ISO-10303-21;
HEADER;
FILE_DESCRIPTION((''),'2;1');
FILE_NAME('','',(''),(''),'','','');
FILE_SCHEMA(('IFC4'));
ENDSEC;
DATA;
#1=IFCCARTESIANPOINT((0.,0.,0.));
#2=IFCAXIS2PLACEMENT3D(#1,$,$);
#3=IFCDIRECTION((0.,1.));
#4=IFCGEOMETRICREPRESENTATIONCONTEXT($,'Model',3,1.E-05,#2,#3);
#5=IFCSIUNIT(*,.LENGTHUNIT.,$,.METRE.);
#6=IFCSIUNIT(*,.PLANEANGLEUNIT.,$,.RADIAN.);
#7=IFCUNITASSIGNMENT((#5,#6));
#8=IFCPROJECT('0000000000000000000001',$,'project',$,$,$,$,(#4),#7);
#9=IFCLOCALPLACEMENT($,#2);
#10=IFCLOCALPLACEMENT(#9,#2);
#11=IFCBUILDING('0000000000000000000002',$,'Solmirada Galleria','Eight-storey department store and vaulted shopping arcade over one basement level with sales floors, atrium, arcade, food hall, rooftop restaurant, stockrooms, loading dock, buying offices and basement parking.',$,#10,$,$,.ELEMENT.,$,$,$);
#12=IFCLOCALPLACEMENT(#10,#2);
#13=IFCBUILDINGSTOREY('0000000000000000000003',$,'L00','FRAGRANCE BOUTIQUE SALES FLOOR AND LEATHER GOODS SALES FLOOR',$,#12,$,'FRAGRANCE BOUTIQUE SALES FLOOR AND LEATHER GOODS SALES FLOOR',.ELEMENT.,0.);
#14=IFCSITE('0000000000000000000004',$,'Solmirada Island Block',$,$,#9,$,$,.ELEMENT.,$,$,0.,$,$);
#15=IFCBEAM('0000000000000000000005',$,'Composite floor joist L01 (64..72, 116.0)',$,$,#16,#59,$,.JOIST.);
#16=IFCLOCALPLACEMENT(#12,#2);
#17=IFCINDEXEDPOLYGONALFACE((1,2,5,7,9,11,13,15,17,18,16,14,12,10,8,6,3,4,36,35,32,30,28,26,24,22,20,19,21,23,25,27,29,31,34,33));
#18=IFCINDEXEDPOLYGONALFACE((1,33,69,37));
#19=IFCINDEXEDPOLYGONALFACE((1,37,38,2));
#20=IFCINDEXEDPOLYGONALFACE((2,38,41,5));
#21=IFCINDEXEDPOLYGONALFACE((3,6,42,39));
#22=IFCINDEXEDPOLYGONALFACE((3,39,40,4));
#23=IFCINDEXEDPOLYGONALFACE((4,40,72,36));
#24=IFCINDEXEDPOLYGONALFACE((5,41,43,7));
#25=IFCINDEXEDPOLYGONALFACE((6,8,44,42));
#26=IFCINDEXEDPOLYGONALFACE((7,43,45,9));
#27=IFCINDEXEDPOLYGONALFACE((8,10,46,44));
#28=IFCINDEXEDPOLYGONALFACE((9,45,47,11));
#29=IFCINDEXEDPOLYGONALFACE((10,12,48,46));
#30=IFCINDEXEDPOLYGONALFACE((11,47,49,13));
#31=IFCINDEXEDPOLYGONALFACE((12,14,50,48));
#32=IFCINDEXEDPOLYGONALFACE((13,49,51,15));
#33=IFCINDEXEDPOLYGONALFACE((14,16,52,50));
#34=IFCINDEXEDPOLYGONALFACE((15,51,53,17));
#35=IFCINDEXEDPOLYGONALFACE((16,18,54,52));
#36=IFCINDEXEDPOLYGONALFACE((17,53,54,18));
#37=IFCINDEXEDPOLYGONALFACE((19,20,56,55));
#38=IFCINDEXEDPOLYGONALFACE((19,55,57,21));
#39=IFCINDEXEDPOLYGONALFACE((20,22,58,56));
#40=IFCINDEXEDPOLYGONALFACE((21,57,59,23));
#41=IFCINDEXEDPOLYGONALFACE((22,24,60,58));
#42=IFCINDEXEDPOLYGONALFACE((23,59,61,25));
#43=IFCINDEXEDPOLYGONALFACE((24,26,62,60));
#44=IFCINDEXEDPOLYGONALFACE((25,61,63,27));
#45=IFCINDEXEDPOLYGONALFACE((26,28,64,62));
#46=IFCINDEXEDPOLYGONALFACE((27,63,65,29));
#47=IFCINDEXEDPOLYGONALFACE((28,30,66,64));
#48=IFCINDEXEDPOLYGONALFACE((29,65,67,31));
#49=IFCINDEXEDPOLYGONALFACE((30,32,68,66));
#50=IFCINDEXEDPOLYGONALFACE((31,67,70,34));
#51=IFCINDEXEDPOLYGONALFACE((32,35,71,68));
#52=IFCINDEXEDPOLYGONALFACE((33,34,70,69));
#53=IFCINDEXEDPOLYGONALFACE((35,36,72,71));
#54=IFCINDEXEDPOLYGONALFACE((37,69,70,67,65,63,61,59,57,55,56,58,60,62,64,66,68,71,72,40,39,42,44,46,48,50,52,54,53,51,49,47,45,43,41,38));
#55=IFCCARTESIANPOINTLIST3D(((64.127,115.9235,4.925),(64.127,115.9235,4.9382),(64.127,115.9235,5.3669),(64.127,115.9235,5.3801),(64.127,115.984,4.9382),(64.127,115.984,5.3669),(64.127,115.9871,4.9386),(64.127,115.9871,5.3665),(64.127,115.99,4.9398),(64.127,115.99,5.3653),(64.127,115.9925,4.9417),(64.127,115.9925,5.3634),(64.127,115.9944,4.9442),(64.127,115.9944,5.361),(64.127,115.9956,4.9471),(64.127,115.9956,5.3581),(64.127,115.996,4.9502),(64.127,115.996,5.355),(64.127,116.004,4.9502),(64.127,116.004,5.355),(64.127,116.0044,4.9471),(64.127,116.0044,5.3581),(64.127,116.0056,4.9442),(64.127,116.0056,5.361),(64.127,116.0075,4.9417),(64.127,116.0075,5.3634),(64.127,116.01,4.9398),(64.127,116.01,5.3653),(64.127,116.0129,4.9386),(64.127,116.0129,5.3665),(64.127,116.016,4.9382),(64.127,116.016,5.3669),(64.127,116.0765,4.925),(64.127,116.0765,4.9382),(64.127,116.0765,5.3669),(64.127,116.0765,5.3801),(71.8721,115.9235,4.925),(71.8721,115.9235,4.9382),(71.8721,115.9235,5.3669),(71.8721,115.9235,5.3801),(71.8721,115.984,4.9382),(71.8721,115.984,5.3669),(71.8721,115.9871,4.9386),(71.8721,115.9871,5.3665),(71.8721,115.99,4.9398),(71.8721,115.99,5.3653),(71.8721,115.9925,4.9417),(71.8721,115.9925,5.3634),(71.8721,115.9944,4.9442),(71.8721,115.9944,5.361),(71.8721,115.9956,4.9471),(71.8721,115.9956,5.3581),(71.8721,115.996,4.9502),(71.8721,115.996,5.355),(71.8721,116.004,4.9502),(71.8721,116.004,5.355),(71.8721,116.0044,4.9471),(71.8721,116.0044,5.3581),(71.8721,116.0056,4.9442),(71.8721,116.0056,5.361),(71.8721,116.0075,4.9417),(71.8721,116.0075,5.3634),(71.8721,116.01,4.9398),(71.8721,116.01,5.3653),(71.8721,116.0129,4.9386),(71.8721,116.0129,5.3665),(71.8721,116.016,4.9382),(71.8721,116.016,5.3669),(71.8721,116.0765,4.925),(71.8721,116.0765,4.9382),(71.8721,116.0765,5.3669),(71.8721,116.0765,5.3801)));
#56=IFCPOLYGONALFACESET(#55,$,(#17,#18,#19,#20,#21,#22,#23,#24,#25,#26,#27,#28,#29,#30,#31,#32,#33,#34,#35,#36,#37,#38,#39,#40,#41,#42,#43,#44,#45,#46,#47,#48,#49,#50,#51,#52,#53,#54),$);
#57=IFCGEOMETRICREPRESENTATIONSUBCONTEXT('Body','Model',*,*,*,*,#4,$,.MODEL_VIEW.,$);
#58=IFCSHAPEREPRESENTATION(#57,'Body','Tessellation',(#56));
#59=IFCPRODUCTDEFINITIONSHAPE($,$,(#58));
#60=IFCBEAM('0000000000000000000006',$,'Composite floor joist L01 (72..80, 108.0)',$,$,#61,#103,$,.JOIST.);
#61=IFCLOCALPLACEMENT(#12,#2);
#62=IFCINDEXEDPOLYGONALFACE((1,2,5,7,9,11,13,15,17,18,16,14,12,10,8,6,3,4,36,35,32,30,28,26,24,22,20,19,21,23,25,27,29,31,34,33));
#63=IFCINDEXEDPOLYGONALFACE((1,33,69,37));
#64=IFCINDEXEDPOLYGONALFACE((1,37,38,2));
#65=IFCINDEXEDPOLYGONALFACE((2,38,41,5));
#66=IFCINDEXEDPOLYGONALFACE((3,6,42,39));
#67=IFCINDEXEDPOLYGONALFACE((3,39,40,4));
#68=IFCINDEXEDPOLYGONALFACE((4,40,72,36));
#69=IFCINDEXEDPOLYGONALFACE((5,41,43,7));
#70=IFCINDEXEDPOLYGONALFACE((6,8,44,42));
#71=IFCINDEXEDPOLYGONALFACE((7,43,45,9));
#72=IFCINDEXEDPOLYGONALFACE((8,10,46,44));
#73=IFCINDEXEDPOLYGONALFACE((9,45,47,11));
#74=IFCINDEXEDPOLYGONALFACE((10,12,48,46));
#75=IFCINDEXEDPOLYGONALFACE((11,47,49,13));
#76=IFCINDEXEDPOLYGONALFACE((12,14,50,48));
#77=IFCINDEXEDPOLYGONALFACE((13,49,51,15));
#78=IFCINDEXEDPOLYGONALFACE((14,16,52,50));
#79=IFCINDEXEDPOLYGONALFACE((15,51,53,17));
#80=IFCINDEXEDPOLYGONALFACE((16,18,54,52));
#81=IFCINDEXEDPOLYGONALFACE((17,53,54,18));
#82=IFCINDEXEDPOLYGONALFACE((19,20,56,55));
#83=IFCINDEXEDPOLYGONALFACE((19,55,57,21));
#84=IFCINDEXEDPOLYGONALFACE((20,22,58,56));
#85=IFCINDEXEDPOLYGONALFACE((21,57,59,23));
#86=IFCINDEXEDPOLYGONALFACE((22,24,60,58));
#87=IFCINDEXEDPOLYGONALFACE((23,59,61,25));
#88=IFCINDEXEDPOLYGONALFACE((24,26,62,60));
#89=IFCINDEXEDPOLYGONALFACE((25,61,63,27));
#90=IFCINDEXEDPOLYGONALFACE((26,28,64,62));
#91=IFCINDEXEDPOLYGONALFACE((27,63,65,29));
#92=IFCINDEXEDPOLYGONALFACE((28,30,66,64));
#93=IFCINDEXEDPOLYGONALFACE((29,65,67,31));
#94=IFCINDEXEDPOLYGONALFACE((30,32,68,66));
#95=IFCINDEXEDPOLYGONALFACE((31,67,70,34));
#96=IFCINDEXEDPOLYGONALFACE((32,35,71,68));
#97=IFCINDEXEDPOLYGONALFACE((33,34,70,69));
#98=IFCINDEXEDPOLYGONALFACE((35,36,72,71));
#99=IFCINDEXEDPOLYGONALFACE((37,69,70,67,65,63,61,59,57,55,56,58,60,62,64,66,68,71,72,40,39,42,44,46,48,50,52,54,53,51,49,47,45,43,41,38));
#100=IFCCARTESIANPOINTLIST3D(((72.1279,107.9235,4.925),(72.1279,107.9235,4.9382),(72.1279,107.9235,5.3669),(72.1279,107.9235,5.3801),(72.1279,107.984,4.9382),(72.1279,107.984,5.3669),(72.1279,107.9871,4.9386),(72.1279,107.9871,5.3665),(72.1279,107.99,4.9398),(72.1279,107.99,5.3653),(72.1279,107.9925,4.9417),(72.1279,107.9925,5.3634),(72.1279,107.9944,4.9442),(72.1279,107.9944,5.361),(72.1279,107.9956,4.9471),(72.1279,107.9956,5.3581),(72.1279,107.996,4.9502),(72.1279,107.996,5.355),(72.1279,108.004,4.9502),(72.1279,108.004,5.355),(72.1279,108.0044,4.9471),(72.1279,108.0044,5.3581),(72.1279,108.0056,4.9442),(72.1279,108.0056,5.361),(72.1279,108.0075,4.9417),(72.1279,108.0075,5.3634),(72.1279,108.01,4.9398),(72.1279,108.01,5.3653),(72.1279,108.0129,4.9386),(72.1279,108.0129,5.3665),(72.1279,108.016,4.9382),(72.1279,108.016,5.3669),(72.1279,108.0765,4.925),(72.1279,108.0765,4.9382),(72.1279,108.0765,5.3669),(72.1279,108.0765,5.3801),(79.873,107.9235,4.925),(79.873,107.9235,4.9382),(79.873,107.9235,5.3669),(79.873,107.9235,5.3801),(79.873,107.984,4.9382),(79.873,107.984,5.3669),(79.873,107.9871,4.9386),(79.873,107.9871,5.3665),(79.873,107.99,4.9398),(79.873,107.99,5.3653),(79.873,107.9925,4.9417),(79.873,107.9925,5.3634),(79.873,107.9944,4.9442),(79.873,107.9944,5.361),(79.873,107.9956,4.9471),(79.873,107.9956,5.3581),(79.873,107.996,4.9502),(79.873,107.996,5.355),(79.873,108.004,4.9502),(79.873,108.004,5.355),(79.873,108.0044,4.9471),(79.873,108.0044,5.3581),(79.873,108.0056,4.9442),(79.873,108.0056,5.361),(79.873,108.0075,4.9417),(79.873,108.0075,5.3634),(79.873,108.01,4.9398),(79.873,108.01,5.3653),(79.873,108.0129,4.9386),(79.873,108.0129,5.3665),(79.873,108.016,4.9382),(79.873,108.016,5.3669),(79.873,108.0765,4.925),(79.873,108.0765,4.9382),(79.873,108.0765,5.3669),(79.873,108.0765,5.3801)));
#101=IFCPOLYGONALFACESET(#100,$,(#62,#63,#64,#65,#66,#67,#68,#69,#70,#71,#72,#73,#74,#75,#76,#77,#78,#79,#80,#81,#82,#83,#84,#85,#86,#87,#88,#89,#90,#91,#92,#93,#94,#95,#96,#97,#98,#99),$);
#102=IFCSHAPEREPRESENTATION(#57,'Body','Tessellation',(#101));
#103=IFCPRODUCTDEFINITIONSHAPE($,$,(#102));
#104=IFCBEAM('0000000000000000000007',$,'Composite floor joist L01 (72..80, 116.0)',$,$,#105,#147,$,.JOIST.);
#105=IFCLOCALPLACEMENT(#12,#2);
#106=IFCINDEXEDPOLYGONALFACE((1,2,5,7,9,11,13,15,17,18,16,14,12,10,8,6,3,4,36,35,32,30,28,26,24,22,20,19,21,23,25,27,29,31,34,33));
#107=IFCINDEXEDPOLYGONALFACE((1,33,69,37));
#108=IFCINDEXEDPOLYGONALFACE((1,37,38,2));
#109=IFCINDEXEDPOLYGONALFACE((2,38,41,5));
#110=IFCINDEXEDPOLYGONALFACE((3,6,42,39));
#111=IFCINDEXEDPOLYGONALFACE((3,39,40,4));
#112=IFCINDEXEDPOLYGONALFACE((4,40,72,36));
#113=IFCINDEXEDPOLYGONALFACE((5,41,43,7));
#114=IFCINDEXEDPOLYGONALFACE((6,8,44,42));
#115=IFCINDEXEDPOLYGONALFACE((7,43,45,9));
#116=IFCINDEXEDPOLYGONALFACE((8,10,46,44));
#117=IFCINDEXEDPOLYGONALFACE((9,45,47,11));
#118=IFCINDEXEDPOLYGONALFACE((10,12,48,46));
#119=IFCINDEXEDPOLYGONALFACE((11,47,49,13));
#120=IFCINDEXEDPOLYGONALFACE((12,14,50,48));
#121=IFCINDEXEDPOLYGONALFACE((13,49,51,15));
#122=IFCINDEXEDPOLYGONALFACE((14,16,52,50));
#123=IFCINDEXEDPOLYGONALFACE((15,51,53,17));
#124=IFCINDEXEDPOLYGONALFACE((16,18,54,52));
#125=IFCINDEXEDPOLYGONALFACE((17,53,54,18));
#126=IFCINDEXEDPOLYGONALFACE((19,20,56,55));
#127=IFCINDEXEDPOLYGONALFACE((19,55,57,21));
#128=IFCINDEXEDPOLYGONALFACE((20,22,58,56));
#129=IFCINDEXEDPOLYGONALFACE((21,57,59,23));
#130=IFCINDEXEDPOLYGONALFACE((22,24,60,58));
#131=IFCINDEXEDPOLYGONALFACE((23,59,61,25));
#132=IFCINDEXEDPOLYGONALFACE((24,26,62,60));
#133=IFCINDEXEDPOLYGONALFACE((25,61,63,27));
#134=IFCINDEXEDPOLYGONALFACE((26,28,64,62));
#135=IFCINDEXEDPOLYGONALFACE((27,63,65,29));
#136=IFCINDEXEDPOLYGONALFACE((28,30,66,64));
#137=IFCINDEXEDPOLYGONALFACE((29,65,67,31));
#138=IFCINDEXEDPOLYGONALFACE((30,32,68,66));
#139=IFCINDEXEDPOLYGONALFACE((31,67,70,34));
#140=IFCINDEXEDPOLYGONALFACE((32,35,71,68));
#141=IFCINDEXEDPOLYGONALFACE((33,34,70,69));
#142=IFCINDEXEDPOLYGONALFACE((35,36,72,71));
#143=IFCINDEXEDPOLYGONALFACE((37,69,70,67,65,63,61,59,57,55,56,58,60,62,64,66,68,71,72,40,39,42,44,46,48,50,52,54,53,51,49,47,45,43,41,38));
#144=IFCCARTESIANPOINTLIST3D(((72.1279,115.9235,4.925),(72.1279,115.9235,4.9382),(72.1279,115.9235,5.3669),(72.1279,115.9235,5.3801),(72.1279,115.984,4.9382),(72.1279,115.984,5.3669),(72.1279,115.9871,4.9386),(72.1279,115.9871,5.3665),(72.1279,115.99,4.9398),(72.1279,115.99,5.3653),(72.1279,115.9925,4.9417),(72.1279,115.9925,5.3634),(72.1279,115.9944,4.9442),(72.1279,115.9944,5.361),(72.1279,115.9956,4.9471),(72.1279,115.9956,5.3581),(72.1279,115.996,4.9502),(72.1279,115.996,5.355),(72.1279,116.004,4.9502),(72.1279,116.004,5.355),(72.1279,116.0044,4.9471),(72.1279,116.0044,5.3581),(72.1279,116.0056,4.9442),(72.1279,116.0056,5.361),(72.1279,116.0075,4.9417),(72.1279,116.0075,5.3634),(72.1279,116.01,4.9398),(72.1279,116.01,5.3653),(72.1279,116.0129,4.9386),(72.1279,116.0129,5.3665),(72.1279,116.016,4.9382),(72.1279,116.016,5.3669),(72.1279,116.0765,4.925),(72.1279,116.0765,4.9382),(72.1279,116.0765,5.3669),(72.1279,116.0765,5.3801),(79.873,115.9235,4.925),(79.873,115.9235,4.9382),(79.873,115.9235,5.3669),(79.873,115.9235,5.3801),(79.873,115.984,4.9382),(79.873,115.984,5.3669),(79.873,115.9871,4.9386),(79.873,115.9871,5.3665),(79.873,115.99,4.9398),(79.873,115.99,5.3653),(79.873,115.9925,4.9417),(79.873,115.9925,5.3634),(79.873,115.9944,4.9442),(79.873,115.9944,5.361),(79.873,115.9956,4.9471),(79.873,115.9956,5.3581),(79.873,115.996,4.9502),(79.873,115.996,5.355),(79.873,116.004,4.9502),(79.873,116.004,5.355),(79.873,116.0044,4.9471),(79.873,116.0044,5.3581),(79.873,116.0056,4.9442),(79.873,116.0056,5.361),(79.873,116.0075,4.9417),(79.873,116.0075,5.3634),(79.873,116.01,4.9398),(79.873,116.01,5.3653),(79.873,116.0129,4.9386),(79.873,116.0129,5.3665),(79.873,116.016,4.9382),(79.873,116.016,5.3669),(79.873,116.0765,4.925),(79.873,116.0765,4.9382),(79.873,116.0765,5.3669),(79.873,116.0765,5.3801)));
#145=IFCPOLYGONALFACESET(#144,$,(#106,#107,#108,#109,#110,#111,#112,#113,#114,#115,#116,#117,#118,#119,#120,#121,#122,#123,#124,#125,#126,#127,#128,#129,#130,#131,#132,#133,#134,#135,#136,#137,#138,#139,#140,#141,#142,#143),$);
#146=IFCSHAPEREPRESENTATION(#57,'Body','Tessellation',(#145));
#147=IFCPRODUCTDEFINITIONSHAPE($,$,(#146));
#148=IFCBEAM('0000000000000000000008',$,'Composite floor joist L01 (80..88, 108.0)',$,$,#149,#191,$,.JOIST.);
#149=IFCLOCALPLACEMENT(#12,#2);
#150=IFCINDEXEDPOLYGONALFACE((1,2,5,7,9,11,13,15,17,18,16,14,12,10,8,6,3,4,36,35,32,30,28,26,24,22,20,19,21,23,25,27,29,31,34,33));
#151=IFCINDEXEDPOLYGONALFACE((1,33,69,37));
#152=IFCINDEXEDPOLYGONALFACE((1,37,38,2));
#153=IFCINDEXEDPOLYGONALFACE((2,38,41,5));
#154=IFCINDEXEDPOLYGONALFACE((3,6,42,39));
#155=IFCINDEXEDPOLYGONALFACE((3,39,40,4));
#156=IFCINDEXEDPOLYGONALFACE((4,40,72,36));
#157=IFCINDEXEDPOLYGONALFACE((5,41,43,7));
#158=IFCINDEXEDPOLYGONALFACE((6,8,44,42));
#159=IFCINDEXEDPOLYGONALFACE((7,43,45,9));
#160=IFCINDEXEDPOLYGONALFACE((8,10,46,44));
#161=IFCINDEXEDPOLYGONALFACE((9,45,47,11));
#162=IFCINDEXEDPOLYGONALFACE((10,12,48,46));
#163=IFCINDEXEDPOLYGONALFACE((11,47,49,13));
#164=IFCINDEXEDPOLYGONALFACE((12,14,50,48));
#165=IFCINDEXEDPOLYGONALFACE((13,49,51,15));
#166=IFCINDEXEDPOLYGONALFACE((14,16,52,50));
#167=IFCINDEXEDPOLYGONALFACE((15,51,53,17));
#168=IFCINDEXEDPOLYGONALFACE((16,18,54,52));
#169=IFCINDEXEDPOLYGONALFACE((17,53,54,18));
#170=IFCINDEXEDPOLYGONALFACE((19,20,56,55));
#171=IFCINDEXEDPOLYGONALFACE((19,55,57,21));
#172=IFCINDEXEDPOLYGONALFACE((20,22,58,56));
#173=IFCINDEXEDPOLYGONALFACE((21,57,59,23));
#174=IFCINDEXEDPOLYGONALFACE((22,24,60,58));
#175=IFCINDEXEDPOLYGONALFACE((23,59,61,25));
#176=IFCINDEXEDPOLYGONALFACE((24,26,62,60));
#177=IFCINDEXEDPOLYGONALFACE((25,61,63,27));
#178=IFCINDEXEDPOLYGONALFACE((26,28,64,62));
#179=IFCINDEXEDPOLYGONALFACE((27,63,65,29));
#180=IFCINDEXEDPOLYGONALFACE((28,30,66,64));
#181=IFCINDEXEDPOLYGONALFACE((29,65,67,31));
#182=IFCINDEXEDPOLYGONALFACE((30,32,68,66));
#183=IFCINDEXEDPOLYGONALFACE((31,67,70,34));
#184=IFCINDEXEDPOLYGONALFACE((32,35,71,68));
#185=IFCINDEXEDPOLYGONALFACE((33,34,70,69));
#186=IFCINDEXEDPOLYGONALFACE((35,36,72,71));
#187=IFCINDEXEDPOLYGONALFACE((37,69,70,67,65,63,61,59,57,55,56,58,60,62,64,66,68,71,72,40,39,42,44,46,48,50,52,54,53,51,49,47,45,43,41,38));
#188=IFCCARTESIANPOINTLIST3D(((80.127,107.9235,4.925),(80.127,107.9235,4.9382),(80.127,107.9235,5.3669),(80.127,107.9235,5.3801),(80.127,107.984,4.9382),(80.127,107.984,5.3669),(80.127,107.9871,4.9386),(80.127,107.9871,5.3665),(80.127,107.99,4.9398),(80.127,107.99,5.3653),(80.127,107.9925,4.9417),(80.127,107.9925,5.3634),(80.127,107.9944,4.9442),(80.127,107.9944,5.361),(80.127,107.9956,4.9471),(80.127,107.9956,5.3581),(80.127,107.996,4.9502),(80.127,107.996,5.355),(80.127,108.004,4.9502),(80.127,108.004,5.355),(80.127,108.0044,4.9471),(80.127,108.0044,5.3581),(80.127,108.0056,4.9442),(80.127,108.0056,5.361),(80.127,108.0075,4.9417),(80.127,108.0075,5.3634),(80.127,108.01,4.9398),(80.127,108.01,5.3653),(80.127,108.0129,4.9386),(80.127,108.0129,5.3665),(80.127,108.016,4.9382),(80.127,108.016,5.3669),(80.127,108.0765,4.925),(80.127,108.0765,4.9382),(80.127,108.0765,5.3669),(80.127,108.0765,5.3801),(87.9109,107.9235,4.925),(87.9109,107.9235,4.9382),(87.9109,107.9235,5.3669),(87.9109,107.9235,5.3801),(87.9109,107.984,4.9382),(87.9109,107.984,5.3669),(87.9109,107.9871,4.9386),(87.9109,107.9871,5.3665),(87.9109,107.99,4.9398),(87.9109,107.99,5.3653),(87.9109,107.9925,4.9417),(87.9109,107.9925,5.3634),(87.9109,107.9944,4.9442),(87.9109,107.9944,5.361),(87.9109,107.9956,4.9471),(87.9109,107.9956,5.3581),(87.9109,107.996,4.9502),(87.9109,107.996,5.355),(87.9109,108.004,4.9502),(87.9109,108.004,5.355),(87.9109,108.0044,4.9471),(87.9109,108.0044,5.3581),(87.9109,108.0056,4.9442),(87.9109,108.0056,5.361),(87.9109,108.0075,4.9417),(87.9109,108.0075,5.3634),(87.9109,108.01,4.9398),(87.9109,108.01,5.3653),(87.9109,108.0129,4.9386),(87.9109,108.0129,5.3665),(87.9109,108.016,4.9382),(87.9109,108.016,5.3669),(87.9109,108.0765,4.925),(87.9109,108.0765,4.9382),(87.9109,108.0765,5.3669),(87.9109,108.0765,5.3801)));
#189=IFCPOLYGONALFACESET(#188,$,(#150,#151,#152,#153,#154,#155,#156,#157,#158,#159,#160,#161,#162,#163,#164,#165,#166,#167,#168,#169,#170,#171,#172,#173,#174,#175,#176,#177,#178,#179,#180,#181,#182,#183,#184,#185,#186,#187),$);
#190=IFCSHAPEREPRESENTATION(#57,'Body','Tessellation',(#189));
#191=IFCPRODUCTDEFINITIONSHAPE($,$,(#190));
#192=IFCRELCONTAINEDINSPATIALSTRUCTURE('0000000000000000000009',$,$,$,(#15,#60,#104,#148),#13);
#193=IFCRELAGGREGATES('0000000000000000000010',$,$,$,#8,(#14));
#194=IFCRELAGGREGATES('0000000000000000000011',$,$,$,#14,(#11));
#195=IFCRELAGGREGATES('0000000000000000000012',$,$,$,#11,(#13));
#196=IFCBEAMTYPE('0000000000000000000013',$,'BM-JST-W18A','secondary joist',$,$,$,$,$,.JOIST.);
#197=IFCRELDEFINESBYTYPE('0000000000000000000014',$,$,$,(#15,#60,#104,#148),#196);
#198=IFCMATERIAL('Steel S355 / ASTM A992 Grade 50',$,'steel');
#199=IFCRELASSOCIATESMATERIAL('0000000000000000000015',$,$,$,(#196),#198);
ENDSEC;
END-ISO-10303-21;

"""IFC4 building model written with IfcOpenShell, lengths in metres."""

from ifc_helpers import new_model, si_unit, direction, frame, origin, origin_2d, place, context, subcontext, project, spatial, i_section, extrude, material, material_profile, profile_set, type_object, element, save


model = new_model("IFC4")

# Units and contexts
model_context = context("Model", 3, precision=1e-05, world=origin(), true_north=direction((0.0, 1.0)))
body_context = subcontext(model_context, "Body", "Model", "MODEL_VIEW")
ifc_project = project(units=[si_unit("LENGTHUNIT", "METRE"), si_unit("PLANEANGLEUNIT", "RADIAN")], contexts=[model_context])

# Site, building, storey
site_placement = place(None, origin())
site = spatial("IfcSite", under=ifc_project, at=site_placement, Name="Solmirada Island Block", CompositionType="ELEMENT", RefElevation=0.0)
building_placement = place(site_placement, origin())
building = spatial("IfcBuilding", under=site, at=building_placement, Name="Solmirada Galleria", Description="Eight-storey department store and vaulted shopping arcade over one basement level with sales floors, atrium, arcade, food hall, rooftop restaurant, stockrooms, loading dock, buying offices and basement parking.", CompositionType="ELEMENT")
storey_placement = place(building_placement, origin())
storey = spatial("IfcBuildingStorey", under=building, at=storey_placement, Name="L00", Description="FRAGRANCE BOUTIQUE SALES FLOOR AND LEATHER GOODS SALES FLOOR", LongName="FRAGRANCE BOUTIQUE SALES FLOOR AND LEATHER GOODS SALES FLOOR", CompositionType="ELEMENT", Elevation=0.0)

# Beams
ifc_material_1 = material(Name="Steel S355 / ASTM A992 Grade 50", Category="steel")
ifc_material_profile_1 = material_profile(ifc_material_1, i_section(OverallWidth=0.1531, OverallDepth=0.4551, WebThickness=0.0081, FlangeThickness=0.0132, FilletRadius=0.012, at=origin_2d()), Name="W18X40")
ifc_profile_set_1 = profile_set([ifc_material_profile_1], Name="Steel S355 / ASTM A992 Grade 50")
beam_type_1 = type_object("IfcBeamType", Name="BM-JST-W18A", Description="secondary joist", PredefinedType="JOIST", material=ifc_profile_set_1)
for number, where, z_axis, x_axis, name in (
    (1, (64.127, 116.0, 5.1526), (1.0, 0.0, 0.0), (0.0, 1.0, 0.0), "Composite floor joist L01 (64..72, 116.0)"),
    (2, (72.1279, 108.0, 5.1526), (1.0, 0.0, 0.0), (0.0, 1.0, 0.0), "Composite floor joist L01 (72..80, 108.0)"),
    (3, (72.1279, 116.0, 5.1526), (1.0, 0.0, 0.0), (0.0, 1.0, 0.0), "Composite floor joist L01 (72..80, 116.0)"),
):
    element("IfcBeam", number, at=place(storey_placement, frame(where, z_axis=z_axis, x_axis=x_axis)), inside=storey, type_object=beam_type_1, Name=name, PredefinedType="JOIST", context=body_context, shape_type="SweptSolid", body=[
        extrude(i_section(OverallWidth=0.1531, OverallDepth=0.4551, WebThickness=0.0081, FlangeThickness=0.0132, FilletRadius=0.012, at=origin_2d()), origin(), (0.0, 0.0, 1.0), 7.7451),
    ])
beam_1_placement = place(storey_placement, frame((80.127, 108.0, 5.1526), z_axis=(1.0, 0.0, 0.0), x_axis=(0.0, 1.0, 0.0)))
element("IfcBeam", 4, at=beam_1_placement, inside=storey, type_object=beam_type_1, Name="Composite floor joist L01 (80..88, 108.0)", PredefinedType="JOIST", context=body_context, shape_type="SweptSolid", body=[
    extrude(i_section(OverallWidth=0.1531, OverallDepth=0.4551, WebThickness=0.0081, FlangeThickness=0.0132, FilletRadius=0.012, at=origin_2d()), origin(), (0.0, 0.0, 1.0), 7.7839),
])

save(model, "model.ifc")
